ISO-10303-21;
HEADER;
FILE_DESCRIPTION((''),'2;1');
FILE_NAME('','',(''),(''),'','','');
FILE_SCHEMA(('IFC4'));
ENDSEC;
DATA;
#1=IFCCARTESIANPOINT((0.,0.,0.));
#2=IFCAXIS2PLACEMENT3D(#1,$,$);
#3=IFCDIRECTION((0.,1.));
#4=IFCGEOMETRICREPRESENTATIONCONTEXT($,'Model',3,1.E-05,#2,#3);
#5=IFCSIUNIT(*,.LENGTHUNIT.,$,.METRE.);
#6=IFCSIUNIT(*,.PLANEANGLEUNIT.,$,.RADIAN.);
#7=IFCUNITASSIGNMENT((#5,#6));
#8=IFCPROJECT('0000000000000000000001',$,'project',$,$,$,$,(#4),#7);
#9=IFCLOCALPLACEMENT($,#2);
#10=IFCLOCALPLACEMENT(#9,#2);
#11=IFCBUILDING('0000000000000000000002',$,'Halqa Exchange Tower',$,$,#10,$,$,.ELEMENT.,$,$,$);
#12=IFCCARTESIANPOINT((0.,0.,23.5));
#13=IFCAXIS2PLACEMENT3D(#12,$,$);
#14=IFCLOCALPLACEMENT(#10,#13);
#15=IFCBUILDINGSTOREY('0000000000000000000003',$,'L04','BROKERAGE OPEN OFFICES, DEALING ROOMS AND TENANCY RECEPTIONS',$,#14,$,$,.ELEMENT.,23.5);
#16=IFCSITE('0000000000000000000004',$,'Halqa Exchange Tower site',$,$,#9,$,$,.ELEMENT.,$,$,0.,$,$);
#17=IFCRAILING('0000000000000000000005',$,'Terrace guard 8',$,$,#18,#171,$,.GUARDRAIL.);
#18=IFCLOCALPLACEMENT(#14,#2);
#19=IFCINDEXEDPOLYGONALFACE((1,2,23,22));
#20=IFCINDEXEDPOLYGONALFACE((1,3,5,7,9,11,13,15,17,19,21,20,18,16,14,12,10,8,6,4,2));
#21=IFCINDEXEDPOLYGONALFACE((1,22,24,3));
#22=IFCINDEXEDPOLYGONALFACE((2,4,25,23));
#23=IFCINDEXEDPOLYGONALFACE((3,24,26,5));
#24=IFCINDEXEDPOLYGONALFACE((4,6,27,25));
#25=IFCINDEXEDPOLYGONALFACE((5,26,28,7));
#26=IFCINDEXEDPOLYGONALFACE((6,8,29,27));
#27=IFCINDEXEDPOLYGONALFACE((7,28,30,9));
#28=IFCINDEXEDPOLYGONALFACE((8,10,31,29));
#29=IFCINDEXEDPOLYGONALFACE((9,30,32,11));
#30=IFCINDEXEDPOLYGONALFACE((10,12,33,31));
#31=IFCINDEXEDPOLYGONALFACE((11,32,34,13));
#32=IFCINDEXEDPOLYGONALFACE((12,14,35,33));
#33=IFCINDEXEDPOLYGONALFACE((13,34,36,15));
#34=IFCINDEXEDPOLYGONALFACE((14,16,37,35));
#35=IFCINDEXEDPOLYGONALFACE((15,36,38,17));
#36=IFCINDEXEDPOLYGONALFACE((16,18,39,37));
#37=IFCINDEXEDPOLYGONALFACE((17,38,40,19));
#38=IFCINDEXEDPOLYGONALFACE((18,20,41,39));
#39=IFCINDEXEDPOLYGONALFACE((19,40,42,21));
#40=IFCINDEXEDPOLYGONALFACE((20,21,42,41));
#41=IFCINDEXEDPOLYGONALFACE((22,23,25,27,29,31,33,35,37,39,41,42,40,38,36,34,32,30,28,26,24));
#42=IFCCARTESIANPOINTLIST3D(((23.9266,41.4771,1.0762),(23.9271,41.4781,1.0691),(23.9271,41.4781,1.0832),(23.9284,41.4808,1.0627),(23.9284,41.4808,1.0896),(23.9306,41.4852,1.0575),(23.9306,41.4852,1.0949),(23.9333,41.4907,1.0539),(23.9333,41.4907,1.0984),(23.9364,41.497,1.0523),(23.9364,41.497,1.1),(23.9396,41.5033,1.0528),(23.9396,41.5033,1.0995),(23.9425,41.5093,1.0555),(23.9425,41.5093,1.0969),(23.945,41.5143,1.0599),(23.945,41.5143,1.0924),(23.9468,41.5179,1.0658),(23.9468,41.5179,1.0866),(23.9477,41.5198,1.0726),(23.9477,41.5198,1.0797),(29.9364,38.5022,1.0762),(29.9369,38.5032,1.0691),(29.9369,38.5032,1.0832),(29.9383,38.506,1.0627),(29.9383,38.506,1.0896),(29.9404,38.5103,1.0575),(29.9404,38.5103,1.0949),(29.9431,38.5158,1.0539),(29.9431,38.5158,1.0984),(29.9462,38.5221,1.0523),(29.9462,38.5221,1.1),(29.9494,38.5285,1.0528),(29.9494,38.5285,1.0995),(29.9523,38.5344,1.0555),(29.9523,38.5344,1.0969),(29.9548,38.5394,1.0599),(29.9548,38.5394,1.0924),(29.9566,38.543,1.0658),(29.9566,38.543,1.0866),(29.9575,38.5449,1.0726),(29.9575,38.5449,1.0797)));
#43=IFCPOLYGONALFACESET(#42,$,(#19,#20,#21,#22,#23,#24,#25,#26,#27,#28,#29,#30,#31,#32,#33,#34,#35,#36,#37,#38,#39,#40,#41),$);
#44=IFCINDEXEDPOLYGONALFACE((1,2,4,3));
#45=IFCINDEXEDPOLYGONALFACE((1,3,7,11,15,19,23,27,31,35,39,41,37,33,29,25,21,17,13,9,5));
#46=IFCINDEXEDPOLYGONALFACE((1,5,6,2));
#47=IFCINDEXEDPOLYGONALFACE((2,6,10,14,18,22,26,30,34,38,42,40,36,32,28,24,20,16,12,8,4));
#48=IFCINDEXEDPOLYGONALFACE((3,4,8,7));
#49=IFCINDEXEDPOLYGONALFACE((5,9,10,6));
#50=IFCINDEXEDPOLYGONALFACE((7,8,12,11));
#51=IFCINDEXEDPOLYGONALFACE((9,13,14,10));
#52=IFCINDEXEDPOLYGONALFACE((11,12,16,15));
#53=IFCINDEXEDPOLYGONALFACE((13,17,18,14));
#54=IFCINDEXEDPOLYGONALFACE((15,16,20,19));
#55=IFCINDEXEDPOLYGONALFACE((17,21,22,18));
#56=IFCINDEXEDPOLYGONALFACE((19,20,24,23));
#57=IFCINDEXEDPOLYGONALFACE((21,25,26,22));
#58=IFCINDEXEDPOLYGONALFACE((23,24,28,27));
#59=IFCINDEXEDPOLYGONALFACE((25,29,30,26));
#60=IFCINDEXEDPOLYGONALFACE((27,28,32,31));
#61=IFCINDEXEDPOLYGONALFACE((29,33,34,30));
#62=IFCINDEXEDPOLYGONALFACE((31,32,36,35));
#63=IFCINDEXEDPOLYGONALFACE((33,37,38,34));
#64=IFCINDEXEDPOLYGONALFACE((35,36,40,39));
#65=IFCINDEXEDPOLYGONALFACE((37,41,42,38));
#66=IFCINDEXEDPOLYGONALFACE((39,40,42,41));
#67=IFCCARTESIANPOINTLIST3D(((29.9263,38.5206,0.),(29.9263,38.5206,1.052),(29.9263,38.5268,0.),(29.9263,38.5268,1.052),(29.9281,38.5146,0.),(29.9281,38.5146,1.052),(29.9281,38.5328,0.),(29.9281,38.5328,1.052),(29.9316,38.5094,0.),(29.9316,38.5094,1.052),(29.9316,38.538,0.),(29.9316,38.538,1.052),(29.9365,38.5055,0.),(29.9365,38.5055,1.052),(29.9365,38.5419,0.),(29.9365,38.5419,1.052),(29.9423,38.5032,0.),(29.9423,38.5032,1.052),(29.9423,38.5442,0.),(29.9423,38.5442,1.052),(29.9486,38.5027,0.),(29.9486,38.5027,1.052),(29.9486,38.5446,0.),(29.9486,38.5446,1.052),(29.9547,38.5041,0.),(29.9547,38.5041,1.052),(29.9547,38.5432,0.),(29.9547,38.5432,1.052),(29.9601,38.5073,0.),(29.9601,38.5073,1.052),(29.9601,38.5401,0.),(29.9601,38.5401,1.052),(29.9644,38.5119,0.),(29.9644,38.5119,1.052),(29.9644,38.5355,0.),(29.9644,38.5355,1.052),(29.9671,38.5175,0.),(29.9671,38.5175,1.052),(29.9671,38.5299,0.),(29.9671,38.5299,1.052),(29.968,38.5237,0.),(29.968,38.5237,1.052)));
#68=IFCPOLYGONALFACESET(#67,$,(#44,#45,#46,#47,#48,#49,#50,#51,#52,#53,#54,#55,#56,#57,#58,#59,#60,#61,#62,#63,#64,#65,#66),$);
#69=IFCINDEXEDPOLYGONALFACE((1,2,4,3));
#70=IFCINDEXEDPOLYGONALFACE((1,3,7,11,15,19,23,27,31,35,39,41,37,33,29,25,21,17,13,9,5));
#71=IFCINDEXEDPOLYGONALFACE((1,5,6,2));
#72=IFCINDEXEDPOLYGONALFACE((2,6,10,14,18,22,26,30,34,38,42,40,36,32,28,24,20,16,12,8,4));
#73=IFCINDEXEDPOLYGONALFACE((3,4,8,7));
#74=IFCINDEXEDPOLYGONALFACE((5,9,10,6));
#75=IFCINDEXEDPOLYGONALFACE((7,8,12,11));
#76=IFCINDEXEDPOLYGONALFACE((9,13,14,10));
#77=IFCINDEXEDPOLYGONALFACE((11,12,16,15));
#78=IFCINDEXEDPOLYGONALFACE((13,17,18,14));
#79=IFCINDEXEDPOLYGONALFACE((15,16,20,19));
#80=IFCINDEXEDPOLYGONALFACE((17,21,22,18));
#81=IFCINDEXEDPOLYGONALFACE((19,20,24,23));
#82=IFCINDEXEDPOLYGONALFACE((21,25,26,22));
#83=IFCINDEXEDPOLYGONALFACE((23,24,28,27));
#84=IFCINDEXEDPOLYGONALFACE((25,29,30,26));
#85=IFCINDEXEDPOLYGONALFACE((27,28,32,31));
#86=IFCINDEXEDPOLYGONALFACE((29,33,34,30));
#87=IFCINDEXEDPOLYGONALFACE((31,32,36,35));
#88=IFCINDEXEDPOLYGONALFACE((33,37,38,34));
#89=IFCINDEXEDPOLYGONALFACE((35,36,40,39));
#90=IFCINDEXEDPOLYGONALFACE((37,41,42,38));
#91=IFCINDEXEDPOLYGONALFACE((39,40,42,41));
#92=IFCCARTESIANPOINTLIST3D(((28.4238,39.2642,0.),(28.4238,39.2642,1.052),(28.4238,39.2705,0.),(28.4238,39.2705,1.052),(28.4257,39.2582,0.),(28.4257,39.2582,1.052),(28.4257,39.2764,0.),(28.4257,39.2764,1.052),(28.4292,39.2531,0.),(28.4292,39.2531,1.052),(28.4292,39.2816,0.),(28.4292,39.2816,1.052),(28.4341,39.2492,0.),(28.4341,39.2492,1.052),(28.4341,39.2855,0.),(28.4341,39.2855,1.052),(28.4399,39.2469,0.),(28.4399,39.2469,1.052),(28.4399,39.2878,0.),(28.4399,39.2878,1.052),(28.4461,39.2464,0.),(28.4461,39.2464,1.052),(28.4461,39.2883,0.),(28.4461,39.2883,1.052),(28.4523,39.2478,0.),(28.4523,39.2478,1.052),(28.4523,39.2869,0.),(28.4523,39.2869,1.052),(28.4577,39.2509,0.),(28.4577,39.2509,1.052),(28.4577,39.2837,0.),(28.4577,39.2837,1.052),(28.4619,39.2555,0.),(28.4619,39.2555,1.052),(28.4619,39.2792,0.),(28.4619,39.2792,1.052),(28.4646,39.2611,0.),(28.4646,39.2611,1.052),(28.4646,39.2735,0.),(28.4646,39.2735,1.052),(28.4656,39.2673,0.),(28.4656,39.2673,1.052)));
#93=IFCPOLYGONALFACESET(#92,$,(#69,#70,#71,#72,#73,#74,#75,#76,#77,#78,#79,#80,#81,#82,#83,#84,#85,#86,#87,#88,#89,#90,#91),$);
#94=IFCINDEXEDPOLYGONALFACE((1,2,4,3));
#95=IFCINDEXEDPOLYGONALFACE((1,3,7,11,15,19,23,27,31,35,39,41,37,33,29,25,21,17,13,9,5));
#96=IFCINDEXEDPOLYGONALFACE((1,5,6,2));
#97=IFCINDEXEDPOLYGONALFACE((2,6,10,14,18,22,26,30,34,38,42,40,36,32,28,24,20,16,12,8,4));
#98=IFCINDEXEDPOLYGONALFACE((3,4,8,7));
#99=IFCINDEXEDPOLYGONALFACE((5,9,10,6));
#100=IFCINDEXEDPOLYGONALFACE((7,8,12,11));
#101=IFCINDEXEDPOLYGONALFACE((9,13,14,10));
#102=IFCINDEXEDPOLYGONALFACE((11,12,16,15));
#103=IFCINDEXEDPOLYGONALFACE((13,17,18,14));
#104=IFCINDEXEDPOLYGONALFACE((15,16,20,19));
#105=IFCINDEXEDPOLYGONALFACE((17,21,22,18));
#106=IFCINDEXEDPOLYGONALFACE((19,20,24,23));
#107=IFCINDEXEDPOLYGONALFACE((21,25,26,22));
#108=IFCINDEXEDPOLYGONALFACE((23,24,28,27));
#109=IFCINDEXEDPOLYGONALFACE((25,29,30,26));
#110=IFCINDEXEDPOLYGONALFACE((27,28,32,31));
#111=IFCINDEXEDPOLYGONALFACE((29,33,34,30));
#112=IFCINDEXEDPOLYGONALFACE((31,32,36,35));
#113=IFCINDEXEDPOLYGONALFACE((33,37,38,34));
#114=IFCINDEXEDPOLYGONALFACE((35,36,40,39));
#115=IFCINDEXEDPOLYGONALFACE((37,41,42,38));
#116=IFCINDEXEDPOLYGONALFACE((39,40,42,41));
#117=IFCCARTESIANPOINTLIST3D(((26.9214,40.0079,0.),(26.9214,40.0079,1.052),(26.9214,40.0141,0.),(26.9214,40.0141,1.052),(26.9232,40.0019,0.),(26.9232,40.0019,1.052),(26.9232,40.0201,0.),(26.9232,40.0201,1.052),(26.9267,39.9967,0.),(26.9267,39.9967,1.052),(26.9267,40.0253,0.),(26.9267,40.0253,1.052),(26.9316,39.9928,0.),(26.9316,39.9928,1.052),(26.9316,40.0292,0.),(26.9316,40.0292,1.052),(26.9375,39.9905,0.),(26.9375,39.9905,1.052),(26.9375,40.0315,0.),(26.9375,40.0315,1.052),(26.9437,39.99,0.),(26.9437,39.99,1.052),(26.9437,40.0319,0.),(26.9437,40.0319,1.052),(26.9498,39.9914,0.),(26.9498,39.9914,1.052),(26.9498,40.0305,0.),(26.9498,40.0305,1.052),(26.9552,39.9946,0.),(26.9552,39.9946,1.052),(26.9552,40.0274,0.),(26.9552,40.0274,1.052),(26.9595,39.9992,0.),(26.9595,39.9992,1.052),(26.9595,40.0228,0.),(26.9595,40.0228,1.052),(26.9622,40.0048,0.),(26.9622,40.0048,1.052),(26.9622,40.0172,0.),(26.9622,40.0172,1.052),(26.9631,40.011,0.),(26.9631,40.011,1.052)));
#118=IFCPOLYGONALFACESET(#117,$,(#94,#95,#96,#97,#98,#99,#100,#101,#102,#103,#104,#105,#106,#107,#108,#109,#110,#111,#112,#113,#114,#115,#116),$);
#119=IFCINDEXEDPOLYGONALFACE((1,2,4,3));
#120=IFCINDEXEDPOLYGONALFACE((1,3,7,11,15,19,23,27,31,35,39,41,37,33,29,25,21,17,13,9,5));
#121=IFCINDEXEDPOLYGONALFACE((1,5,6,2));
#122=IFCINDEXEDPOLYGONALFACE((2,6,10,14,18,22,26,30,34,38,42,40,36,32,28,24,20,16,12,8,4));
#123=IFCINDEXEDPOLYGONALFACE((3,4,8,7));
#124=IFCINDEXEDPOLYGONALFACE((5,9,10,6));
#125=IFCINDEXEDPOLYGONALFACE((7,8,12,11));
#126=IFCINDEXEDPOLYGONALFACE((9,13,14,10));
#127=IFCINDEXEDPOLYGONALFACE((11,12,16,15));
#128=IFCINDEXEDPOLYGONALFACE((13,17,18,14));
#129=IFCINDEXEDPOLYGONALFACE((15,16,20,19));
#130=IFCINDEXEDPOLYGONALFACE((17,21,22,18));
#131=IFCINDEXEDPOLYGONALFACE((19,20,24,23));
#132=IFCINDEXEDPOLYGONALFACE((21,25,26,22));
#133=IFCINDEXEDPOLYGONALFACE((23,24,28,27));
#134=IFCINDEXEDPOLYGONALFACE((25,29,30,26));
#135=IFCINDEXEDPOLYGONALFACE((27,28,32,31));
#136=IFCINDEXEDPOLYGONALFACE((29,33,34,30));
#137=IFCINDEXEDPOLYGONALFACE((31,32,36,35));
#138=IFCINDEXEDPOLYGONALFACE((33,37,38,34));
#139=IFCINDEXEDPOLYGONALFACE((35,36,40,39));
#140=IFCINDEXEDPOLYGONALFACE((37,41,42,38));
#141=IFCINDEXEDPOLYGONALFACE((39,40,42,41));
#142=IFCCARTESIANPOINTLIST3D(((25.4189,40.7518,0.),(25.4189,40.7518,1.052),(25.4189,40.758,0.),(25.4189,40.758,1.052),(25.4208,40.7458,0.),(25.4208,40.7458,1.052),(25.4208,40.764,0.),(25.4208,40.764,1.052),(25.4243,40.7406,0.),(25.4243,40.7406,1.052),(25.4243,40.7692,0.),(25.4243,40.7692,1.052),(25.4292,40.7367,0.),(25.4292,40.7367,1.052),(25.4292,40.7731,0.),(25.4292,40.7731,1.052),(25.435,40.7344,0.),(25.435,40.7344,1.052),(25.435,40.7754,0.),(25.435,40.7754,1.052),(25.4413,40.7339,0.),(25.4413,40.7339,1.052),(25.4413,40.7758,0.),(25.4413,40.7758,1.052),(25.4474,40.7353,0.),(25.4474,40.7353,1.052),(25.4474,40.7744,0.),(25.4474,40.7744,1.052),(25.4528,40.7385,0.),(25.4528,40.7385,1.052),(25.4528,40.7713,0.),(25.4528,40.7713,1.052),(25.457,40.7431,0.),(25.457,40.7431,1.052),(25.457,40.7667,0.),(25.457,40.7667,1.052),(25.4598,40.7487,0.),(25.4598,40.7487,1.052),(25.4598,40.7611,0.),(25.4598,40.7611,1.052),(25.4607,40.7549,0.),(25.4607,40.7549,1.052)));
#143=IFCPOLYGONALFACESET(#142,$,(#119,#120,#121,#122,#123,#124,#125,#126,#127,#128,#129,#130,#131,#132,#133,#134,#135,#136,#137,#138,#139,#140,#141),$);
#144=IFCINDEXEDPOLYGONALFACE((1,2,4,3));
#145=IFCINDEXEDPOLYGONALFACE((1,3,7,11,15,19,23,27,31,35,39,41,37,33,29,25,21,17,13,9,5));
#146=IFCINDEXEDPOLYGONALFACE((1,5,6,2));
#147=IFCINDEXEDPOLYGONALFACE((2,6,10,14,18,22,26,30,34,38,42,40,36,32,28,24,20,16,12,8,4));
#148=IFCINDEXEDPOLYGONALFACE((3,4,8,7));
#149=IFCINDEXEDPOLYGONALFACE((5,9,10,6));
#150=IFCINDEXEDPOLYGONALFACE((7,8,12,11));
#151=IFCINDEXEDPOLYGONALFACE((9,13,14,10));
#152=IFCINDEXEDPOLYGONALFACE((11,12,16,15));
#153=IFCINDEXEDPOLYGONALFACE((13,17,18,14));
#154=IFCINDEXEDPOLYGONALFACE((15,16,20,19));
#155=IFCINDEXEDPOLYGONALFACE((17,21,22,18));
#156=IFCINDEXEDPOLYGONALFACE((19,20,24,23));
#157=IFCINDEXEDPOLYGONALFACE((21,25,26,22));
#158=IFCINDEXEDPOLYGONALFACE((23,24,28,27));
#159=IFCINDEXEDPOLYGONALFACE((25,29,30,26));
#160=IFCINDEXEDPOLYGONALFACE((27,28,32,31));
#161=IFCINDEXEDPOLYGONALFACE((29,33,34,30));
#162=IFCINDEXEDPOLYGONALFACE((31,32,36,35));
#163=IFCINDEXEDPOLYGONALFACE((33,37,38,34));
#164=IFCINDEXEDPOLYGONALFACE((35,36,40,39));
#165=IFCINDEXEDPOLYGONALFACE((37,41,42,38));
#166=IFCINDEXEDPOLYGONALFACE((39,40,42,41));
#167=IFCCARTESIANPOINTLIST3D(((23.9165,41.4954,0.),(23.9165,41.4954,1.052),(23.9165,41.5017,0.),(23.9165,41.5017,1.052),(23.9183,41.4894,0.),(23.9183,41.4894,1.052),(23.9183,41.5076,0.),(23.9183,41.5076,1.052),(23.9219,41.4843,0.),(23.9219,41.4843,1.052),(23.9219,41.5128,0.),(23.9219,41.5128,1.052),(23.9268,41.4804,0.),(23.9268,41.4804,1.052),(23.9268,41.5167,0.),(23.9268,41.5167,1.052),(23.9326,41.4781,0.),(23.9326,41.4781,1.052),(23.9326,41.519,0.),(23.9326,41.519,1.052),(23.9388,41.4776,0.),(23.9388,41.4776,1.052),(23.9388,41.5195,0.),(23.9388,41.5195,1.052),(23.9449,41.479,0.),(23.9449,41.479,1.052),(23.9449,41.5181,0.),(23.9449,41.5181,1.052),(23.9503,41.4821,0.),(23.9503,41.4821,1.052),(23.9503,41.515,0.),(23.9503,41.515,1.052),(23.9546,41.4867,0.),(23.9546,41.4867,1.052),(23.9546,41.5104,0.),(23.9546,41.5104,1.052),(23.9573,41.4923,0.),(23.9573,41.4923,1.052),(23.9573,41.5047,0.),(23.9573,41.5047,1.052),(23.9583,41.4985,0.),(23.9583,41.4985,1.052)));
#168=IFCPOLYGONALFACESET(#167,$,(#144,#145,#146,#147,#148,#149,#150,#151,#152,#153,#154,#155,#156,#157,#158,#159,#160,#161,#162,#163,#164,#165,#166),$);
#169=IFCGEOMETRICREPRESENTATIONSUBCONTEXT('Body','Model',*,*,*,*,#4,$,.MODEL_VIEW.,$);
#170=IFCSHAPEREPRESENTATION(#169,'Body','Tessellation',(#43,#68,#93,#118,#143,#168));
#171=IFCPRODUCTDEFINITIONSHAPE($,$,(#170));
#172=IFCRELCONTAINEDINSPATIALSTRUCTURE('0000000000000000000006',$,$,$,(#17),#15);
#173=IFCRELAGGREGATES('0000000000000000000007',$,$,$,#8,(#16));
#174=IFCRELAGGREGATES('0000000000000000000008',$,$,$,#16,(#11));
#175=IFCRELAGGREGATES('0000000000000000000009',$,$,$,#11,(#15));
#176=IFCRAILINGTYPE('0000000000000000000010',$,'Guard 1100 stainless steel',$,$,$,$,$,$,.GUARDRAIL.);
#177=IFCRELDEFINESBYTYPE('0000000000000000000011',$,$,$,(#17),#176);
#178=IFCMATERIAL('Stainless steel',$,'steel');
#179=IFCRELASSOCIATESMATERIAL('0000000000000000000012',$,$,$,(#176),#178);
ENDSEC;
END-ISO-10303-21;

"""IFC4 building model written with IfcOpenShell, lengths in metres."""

from ifc_helpers import new_model, si_unit, direction, frame, origin, origin_2d, place, context, subcontext, project, spatial, circle, extrude, material, type_object, element, save


model = new_model("IFC4")

# Units and contexts
model_context = context("Model", 3, precision=1e-05, world=origin(), true_north=direction((0.0, 1.0)))
body_context = subcontext(model_context, "Body", "Model", "MODEL_VIEW")
ifc_project = project(units=[si_unit("LENGTHUNIT", "METRE"), si_unit("PLANEANGLEUNIT", "RADIAN")], contexts=[model_context])

# Site, building, storey
site_placement = place(None, origin())
site = spatial("IfcSite", under=ifc_project, at=site_placement, Name="Halqa Exchange Tower site", CompositionType="ELEMENT", RefElevation=0.0)
building_placement = place(site_placement, origin())
building = spatial("IfcBuilding", under=site, at=building_placement, Name="Halqa Exchange Tower", CompositionType="ELEMENT")
storey_placement = place(building_placement, frame((0.0, 0.0, 23.5)))
storey = spatial("IfcBuildingStorey", under=building, at=storey_placement, Name="L04", Description="BROKERAGE OPEN OFFICES, DEALING ROOMS AND TENANCY RECEPTIONS", CompositionType="ELEMENT", Elevation=23.5)

# Railing
ifc_material_1 = material(Name="Stainless steel", Category="steel")
railing_type = type_object("IfcRailingType", Name="Guard 1100 stainless steel", PredefinedType="GUARDRAIL", material=ifc_material_1)
railing_1_placement = place(storey_placement, frame((29.947, 38.5237, 0.0)))
element("IfcRailing", 1, at=railing_1_placement, inside=storey, type_object=railing_type, Name="Terrace guard 8", PredefinedType="GUARDRAIL", context=body_context, shape_type="SweptSolid", body=[
    extrude(circle(Radius=0.0239, at=origin_2d()), frame((0.0, 0.0, 1.0762), z_axis=(-0.896211, 0.443627, 0.0), x_axis=(-0.443627, -0.896211, 0.0)), (0.0, 0.0, 1.0), 6.7058),
    extrude(circle(Radius=0.021, at=origin_2d()), origin(), (0.0, 0.0, 1.0), 1.052),
    extrude(circle(Radius=0.021, at=origin_2d()), frame((-1.5024, 0.7437, 0.0)), (0.0, 0.0, 1.0), 1.052),
    extrude(circle(Radius=0.021, at=origin_2d()), frame((-3.0049, 1.4873, 0.0)), (0.0, 0.0, 1.0), 1.052),
    extrude(circle(Radius=0.021, at=origin_2d()), frame((-4.5073, 2.2312, 0.0)), (0.0, 0.0, 1.0), 1.052),
    extrude(circle(Radius=0.021, at=origin_2d()), frame((-6.0098, 2.9749, 0.0)), (0.0, 0.0, 1.0), 1.052),
])

save(model, "model.ifc")
